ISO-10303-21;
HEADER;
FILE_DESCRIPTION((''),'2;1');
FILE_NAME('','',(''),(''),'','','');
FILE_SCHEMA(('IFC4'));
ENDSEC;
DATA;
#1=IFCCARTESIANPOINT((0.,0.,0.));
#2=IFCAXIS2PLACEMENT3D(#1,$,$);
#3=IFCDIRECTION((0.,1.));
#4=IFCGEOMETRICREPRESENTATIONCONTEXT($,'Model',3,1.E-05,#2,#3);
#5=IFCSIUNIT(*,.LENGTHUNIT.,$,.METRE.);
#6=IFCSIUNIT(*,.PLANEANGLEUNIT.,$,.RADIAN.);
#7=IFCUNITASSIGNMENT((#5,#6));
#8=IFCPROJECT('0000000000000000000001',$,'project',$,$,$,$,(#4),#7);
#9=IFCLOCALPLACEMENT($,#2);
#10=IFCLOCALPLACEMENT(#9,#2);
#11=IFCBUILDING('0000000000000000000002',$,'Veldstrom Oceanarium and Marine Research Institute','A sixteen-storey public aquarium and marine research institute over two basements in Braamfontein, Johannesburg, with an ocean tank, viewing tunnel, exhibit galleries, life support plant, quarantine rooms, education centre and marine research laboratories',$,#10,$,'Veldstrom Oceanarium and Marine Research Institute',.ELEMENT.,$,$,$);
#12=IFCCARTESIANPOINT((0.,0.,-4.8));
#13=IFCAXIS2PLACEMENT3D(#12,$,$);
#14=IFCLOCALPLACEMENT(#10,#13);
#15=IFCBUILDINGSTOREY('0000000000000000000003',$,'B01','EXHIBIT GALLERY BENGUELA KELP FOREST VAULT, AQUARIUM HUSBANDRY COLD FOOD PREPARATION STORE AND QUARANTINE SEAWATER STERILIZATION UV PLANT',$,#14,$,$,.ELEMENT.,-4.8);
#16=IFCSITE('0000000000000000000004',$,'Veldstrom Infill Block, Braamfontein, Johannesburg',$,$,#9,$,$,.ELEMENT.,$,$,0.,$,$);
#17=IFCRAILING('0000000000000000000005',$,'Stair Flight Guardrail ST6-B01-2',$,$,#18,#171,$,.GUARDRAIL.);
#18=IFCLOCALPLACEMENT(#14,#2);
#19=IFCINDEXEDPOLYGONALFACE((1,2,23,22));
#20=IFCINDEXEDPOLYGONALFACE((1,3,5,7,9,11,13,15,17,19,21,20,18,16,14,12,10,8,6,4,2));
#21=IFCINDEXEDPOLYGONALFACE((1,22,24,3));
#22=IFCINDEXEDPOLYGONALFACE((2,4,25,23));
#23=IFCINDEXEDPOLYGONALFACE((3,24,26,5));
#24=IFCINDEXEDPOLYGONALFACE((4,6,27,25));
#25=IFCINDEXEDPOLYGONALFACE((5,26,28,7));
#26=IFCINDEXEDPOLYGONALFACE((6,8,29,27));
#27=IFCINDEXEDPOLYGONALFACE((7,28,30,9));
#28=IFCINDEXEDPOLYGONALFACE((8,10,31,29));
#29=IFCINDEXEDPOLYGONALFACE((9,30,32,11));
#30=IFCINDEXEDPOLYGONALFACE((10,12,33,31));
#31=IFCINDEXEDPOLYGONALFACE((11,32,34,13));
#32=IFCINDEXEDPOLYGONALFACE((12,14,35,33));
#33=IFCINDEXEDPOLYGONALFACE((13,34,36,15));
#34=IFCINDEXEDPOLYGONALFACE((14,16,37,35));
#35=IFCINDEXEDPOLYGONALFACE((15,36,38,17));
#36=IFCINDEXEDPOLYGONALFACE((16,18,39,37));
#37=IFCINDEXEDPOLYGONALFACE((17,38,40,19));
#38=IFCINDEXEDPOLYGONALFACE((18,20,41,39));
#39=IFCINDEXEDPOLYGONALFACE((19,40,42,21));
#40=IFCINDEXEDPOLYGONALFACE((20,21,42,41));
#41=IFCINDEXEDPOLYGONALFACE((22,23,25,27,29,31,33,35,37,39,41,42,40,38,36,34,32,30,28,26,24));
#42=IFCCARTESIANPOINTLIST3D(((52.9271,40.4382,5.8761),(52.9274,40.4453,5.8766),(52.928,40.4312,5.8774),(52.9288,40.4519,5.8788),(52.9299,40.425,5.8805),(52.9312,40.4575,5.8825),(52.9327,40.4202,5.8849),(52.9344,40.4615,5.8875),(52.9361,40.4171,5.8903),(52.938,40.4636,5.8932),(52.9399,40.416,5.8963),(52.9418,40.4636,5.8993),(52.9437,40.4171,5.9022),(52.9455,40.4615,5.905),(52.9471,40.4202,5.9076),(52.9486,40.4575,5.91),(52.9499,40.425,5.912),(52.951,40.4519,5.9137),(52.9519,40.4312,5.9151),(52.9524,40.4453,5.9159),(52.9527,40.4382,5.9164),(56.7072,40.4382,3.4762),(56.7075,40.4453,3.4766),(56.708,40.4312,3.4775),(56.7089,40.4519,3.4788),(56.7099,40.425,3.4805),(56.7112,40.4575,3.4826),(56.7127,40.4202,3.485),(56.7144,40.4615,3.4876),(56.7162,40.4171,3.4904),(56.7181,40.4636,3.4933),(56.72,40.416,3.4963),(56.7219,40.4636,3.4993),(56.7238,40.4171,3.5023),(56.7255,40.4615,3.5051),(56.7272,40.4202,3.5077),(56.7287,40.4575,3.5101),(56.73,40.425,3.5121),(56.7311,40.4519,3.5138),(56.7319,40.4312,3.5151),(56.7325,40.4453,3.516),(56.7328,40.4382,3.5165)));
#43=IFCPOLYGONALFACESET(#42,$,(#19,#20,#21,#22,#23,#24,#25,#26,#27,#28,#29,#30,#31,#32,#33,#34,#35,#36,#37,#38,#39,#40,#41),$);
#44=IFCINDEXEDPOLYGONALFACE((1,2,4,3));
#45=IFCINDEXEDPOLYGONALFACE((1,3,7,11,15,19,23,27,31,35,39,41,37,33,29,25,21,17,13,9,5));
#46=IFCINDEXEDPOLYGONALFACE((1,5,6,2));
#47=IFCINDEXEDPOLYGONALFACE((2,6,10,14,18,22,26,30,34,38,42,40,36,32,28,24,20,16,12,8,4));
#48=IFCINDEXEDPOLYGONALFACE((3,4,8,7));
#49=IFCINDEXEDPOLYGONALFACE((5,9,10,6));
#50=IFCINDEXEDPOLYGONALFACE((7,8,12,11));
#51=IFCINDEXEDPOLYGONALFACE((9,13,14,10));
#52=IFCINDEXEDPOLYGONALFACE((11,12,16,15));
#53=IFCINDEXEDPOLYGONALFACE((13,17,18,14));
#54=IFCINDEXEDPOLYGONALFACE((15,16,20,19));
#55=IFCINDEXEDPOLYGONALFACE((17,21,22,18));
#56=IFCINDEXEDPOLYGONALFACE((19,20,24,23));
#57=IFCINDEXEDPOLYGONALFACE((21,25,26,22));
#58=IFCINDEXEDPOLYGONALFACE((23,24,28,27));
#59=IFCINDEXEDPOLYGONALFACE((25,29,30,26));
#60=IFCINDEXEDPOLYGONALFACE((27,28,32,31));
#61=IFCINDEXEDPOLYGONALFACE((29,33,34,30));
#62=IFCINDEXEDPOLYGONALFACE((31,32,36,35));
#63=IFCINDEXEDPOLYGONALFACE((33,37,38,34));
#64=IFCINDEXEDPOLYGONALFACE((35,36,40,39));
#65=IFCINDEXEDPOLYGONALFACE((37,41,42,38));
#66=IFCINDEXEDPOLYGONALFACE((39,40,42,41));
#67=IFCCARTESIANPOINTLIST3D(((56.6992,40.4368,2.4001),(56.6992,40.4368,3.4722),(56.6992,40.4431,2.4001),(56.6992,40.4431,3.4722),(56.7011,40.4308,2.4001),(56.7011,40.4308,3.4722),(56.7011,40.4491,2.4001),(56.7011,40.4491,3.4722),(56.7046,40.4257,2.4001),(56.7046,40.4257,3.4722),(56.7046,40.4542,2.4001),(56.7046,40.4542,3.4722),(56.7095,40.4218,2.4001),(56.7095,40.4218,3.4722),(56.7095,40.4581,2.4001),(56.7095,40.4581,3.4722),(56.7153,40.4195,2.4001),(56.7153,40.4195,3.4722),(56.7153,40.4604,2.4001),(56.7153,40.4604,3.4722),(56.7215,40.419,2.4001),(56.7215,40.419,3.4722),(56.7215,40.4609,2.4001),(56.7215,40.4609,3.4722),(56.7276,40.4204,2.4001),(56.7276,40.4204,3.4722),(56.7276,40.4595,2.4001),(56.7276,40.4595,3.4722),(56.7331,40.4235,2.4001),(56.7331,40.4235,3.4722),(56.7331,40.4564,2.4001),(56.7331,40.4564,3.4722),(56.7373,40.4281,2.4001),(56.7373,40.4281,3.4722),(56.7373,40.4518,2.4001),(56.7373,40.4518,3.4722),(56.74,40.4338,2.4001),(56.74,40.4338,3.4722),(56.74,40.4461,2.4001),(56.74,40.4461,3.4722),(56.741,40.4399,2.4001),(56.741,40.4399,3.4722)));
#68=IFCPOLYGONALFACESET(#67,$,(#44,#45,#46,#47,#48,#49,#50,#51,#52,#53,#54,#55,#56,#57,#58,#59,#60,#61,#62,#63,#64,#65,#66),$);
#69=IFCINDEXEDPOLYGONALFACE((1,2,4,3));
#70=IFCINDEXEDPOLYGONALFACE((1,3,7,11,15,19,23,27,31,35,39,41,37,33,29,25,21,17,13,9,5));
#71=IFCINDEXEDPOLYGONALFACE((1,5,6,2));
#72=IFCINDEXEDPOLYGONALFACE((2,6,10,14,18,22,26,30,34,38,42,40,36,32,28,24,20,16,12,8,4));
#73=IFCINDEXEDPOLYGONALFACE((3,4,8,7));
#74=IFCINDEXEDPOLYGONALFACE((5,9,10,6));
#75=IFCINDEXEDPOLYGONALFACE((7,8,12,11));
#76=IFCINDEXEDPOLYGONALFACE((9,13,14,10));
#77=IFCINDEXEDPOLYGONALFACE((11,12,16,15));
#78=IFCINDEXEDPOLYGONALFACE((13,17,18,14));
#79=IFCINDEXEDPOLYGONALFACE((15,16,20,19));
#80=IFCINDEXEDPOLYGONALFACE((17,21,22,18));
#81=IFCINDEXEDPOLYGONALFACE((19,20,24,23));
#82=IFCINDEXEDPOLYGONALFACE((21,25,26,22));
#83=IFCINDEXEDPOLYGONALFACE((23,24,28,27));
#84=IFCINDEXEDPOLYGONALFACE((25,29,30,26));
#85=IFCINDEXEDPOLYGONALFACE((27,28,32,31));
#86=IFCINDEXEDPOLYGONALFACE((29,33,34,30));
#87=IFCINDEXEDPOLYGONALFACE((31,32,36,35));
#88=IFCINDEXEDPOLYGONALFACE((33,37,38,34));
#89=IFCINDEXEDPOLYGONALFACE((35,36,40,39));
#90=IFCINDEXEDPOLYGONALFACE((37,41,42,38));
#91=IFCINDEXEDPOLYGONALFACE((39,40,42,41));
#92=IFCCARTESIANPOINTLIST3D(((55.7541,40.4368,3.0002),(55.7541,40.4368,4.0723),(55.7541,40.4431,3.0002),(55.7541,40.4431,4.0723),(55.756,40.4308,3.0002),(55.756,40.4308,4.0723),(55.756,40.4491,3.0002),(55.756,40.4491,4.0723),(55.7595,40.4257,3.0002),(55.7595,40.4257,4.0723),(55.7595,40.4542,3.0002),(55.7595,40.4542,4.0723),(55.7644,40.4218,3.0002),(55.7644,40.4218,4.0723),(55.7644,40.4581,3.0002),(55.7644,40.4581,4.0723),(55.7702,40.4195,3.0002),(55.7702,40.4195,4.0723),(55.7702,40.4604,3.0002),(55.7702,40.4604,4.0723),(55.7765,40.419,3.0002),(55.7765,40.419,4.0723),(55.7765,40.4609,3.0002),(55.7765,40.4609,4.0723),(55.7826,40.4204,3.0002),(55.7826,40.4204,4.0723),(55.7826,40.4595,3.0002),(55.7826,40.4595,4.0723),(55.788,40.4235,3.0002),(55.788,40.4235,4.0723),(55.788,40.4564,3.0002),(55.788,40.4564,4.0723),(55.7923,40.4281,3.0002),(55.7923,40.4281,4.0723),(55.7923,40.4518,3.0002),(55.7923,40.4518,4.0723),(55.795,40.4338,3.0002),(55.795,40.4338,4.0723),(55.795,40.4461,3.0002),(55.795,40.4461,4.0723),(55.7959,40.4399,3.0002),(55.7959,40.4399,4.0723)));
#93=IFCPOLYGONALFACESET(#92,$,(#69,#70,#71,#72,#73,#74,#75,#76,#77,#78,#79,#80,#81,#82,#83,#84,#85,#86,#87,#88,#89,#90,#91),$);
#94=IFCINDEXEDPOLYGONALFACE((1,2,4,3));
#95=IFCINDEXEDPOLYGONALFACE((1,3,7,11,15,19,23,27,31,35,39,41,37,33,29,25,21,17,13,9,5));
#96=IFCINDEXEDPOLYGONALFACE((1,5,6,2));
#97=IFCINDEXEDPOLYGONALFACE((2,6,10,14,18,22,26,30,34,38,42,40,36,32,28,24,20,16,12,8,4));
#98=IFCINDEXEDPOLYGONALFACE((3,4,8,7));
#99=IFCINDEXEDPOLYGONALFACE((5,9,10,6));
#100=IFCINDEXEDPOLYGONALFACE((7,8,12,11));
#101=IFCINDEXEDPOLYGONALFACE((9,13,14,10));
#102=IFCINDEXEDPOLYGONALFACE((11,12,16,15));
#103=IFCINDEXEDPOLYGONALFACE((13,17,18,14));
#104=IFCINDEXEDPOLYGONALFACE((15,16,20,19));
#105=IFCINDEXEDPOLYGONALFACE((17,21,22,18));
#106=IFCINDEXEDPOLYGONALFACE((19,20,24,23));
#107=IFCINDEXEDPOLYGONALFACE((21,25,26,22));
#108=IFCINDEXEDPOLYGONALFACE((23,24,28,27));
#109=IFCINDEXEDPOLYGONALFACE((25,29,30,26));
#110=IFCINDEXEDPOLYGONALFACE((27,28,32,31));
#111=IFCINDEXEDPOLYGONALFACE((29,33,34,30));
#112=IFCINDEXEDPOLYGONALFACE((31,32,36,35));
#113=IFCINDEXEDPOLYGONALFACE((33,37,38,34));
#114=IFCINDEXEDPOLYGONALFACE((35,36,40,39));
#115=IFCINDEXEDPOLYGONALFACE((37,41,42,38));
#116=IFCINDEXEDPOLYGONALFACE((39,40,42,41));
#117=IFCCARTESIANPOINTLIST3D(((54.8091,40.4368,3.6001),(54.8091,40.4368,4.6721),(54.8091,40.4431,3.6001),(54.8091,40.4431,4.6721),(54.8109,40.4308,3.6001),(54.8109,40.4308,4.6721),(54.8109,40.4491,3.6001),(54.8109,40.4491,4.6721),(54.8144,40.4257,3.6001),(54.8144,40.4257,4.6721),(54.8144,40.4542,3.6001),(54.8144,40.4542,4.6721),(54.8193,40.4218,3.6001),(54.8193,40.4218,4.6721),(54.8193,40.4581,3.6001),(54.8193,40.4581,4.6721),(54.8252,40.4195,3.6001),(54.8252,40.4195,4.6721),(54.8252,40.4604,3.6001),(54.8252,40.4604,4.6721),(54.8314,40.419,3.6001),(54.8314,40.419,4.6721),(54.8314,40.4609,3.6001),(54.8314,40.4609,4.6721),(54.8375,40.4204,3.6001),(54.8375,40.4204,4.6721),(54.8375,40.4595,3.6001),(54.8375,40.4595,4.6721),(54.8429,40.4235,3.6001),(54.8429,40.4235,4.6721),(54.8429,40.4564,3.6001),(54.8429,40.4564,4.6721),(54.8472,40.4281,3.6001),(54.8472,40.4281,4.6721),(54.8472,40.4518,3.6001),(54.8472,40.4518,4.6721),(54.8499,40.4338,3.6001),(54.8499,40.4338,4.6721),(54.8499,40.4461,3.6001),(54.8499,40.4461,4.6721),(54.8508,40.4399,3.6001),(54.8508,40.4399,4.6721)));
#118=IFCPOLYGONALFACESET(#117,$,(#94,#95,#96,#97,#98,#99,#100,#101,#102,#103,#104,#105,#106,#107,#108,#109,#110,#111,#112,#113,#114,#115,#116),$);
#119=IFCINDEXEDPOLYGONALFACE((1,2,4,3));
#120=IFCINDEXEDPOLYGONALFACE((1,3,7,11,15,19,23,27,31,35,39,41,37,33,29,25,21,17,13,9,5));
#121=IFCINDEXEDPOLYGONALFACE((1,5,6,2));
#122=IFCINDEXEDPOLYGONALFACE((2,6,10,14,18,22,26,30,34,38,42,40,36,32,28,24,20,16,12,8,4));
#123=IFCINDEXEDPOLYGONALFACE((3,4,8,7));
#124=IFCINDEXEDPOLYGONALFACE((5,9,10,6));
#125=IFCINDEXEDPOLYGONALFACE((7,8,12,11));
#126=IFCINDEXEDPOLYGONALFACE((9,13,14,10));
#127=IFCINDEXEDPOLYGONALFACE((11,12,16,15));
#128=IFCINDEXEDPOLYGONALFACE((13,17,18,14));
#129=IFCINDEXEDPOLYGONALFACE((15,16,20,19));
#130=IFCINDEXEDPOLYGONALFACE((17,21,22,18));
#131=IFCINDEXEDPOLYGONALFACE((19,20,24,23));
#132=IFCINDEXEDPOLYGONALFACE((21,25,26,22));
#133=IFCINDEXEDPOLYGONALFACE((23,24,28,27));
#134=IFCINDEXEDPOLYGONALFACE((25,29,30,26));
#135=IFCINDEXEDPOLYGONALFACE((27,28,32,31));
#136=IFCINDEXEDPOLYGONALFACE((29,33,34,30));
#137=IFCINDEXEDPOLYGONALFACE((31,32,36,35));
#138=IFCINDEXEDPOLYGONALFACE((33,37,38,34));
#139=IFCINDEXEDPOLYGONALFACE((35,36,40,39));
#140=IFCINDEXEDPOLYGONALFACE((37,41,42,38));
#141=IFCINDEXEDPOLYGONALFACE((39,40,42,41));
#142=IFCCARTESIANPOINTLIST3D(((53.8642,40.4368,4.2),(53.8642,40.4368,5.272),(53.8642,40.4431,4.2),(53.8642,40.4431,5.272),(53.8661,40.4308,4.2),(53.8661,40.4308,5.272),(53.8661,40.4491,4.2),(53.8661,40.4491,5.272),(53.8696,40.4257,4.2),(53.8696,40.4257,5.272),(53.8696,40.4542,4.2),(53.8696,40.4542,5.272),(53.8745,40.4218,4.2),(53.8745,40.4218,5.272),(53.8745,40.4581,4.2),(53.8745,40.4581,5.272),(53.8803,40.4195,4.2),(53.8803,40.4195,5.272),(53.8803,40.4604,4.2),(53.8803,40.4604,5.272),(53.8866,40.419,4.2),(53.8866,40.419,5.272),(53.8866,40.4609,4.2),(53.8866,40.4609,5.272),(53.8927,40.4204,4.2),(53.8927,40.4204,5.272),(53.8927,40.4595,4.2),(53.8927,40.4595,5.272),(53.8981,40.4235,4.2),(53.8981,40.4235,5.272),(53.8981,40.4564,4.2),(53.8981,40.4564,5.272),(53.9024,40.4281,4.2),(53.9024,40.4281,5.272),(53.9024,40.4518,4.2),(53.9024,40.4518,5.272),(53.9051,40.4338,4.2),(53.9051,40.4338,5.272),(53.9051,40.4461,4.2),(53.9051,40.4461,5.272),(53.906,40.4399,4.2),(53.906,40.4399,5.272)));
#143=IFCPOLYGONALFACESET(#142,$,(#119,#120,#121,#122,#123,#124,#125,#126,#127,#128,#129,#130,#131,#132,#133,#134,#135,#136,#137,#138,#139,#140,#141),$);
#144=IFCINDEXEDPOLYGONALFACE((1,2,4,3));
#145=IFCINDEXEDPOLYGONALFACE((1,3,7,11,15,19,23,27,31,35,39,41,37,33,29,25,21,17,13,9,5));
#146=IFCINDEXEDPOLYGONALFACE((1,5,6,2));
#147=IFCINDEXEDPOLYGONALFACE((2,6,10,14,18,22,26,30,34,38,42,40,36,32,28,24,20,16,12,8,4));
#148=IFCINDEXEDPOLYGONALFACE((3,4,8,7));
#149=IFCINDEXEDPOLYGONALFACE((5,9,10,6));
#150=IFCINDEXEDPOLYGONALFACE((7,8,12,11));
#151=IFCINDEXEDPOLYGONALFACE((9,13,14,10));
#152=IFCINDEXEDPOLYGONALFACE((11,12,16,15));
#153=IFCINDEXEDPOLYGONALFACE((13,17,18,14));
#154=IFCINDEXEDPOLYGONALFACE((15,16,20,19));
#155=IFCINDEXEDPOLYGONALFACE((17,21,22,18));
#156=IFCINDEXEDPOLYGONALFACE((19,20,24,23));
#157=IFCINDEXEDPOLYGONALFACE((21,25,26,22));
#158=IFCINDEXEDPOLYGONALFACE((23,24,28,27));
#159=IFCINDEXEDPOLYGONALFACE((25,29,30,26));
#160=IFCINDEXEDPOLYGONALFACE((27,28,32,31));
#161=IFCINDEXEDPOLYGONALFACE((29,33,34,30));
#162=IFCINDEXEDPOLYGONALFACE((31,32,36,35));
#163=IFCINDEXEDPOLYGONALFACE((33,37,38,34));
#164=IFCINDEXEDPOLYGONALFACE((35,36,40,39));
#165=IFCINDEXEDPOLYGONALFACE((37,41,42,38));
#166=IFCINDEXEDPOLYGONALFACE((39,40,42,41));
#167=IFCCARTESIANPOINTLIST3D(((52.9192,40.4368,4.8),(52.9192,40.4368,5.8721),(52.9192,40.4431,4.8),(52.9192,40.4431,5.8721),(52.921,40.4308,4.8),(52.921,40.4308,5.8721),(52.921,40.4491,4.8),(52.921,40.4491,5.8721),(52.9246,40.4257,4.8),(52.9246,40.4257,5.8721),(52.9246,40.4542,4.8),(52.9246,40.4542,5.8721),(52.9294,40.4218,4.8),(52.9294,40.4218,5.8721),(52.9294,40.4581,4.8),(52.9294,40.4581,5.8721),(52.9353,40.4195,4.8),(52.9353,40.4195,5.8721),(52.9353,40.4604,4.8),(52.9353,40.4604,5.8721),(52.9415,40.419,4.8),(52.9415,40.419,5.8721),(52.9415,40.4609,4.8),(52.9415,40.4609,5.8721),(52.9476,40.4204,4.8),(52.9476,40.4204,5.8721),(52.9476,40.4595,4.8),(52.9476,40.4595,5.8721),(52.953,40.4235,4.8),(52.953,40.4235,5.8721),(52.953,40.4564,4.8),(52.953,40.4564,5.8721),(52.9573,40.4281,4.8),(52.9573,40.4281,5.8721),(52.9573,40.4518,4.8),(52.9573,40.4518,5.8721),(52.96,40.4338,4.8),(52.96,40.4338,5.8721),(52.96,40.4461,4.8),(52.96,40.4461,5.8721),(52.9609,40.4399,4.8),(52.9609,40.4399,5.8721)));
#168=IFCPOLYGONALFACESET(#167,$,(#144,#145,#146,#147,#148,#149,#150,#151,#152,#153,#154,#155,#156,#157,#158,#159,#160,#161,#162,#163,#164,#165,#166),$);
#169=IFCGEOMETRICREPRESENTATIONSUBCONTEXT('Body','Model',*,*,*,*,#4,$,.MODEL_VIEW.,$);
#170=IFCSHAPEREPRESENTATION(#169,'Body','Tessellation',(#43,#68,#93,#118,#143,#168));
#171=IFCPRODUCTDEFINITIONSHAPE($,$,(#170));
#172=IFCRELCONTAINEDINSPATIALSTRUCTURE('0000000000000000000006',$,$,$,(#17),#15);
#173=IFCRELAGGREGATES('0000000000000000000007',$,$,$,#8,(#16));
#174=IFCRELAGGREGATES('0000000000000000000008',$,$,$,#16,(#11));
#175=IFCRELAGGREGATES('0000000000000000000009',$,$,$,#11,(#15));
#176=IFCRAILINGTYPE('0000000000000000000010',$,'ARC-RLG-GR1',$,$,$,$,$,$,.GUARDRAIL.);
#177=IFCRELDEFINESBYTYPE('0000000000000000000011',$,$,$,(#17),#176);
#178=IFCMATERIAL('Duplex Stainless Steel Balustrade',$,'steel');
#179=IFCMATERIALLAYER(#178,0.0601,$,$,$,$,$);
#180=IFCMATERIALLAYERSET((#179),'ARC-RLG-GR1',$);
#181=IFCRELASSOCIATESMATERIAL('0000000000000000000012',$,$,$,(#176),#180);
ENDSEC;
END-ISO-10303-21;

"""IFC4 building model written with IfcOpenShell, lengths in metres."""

from ifc_helpers import new_model, si_unit, direction, frame, origin, origin_2d, place, context, subcontext, project, spatial, circle, extrude, material, layer, layer_set, type_object, element, save


model = new_model("IFC4")

# Units and contexts
model_context = context("Model", 3, precision=1e-05, world=origin(), true_north=direction((0.0, 1.0)))
body_context = subcontext(model_context, "Body", "Model", "MODEL_VIEW")
ifc_project = project(units=[si_unit("LENGTHUNIT", "METRE"), si_unit("PLANEANGLEUNIT", "RADIAN")], contexts=[model_context])

# Site, building, storey
site_placement = place(None, origin())
site = spatial("IfcSite", under=ifc_project, at=site_placement, Name="Veldstrom Infill Block, Braamfontein, Johannesburg", CompositionType="ELEMENT", RefElevation=0.0)
building_placement = place(site_placement, origin())
building = spatial("IfcBuilding", under=site, at=building_placement, Name="Veldstrom Oceanarium and Marine Research Institute", Description="A sixteen-storey public aquarium and marine research institute over two basements in Braamfontein, Johannesburg, with an ocean tank, viewing tunnel, exhibit galleries, life support plant, quarantine rooms, education centre and marine research laboratories", LongName="Veldstrom Oceanarium and Marine Research Institute", CompositionType="ELEMENT")
storey_placement = place(building_placement, frame((0.0, 0.0, -4.8)))
storey = spatial("IfcBuildingStorey", under=building, at=storey_placement, Name="B01", Description="EXHIBIT GALLERY BENGUELA KELP FOREST VAULT, AQUARIUM HUSBANDRY COLD FOOD PREPARATION STORE AND QUARANTINE SEAWATER STERILIZATION UV PLANT", CompositionType="ELEMENT", Elevation=-4.8)

# Railing
ifc_material_1 = material(Name="Duplex Stainless Steel Balustrade", Category="steel")
ifc_layer_1 = layer(ifc_material_1, 0.0601)
ifc_layer_set_1 = layer_set([ifc_layer_1], Name="ARC-RLG-GR1")
railing_type_1 = type_object("IfcRailingType", Name="ARC-RLG-GR1", PredefinedType="GUARDRAIL", material=ifc_layer_set_1)
railing_1_placement = place(storey_placement, frame((56.72, 40.4399, 2.4001)))
element("IfcRailing", 1, at=railing_1_placement, inside=storey, type_object=railing_type_1, Name="Stair Flight Guardrail ST6-B01-2", PredefinedType="GUARDRAIL", context=body_context, shape_type="SweptSolid", body=[
    extrude(circle(Radius=0.0239, at=origin_2d()), frame((0.0, 0.0, 1.0962), z_axis=(-0.844225, 0.0, 0.53599), x_axis=(0.0, -1.0, 0.0)), (0.0, 0.0, 1.0), 4.4775),
    extrude(circle(Radius=0.021, at=origin_2d()), origin(), (0.0, 0.0, 1.0), 1.072),
    extrude(circle(Radius=0.021, at=origin_2d()), frame((-0.9451, 0.0, 0.6001)), (0.0, 0.0, 1.0), 1.072),
    extrude(circle(Radius=0.021, at=origin_2d()), frame((-1.8901, 0.0, 1.2)), (0.0, 0.0, 1.0), 1.072),
    extrude(circle(Radius=0.021, at=origin_2d()), frame((-2.835, 0.0, 1.7998)), (0.0, 0.0, 1.0), 1.072),
    extrude(circle(Radius=0.021, at=origin_2d()), frame((-3.78, 0.0, 2.3999)), (0.0, 0.0, 1.0), 1.072),
])

save(model, "model.ifc")
